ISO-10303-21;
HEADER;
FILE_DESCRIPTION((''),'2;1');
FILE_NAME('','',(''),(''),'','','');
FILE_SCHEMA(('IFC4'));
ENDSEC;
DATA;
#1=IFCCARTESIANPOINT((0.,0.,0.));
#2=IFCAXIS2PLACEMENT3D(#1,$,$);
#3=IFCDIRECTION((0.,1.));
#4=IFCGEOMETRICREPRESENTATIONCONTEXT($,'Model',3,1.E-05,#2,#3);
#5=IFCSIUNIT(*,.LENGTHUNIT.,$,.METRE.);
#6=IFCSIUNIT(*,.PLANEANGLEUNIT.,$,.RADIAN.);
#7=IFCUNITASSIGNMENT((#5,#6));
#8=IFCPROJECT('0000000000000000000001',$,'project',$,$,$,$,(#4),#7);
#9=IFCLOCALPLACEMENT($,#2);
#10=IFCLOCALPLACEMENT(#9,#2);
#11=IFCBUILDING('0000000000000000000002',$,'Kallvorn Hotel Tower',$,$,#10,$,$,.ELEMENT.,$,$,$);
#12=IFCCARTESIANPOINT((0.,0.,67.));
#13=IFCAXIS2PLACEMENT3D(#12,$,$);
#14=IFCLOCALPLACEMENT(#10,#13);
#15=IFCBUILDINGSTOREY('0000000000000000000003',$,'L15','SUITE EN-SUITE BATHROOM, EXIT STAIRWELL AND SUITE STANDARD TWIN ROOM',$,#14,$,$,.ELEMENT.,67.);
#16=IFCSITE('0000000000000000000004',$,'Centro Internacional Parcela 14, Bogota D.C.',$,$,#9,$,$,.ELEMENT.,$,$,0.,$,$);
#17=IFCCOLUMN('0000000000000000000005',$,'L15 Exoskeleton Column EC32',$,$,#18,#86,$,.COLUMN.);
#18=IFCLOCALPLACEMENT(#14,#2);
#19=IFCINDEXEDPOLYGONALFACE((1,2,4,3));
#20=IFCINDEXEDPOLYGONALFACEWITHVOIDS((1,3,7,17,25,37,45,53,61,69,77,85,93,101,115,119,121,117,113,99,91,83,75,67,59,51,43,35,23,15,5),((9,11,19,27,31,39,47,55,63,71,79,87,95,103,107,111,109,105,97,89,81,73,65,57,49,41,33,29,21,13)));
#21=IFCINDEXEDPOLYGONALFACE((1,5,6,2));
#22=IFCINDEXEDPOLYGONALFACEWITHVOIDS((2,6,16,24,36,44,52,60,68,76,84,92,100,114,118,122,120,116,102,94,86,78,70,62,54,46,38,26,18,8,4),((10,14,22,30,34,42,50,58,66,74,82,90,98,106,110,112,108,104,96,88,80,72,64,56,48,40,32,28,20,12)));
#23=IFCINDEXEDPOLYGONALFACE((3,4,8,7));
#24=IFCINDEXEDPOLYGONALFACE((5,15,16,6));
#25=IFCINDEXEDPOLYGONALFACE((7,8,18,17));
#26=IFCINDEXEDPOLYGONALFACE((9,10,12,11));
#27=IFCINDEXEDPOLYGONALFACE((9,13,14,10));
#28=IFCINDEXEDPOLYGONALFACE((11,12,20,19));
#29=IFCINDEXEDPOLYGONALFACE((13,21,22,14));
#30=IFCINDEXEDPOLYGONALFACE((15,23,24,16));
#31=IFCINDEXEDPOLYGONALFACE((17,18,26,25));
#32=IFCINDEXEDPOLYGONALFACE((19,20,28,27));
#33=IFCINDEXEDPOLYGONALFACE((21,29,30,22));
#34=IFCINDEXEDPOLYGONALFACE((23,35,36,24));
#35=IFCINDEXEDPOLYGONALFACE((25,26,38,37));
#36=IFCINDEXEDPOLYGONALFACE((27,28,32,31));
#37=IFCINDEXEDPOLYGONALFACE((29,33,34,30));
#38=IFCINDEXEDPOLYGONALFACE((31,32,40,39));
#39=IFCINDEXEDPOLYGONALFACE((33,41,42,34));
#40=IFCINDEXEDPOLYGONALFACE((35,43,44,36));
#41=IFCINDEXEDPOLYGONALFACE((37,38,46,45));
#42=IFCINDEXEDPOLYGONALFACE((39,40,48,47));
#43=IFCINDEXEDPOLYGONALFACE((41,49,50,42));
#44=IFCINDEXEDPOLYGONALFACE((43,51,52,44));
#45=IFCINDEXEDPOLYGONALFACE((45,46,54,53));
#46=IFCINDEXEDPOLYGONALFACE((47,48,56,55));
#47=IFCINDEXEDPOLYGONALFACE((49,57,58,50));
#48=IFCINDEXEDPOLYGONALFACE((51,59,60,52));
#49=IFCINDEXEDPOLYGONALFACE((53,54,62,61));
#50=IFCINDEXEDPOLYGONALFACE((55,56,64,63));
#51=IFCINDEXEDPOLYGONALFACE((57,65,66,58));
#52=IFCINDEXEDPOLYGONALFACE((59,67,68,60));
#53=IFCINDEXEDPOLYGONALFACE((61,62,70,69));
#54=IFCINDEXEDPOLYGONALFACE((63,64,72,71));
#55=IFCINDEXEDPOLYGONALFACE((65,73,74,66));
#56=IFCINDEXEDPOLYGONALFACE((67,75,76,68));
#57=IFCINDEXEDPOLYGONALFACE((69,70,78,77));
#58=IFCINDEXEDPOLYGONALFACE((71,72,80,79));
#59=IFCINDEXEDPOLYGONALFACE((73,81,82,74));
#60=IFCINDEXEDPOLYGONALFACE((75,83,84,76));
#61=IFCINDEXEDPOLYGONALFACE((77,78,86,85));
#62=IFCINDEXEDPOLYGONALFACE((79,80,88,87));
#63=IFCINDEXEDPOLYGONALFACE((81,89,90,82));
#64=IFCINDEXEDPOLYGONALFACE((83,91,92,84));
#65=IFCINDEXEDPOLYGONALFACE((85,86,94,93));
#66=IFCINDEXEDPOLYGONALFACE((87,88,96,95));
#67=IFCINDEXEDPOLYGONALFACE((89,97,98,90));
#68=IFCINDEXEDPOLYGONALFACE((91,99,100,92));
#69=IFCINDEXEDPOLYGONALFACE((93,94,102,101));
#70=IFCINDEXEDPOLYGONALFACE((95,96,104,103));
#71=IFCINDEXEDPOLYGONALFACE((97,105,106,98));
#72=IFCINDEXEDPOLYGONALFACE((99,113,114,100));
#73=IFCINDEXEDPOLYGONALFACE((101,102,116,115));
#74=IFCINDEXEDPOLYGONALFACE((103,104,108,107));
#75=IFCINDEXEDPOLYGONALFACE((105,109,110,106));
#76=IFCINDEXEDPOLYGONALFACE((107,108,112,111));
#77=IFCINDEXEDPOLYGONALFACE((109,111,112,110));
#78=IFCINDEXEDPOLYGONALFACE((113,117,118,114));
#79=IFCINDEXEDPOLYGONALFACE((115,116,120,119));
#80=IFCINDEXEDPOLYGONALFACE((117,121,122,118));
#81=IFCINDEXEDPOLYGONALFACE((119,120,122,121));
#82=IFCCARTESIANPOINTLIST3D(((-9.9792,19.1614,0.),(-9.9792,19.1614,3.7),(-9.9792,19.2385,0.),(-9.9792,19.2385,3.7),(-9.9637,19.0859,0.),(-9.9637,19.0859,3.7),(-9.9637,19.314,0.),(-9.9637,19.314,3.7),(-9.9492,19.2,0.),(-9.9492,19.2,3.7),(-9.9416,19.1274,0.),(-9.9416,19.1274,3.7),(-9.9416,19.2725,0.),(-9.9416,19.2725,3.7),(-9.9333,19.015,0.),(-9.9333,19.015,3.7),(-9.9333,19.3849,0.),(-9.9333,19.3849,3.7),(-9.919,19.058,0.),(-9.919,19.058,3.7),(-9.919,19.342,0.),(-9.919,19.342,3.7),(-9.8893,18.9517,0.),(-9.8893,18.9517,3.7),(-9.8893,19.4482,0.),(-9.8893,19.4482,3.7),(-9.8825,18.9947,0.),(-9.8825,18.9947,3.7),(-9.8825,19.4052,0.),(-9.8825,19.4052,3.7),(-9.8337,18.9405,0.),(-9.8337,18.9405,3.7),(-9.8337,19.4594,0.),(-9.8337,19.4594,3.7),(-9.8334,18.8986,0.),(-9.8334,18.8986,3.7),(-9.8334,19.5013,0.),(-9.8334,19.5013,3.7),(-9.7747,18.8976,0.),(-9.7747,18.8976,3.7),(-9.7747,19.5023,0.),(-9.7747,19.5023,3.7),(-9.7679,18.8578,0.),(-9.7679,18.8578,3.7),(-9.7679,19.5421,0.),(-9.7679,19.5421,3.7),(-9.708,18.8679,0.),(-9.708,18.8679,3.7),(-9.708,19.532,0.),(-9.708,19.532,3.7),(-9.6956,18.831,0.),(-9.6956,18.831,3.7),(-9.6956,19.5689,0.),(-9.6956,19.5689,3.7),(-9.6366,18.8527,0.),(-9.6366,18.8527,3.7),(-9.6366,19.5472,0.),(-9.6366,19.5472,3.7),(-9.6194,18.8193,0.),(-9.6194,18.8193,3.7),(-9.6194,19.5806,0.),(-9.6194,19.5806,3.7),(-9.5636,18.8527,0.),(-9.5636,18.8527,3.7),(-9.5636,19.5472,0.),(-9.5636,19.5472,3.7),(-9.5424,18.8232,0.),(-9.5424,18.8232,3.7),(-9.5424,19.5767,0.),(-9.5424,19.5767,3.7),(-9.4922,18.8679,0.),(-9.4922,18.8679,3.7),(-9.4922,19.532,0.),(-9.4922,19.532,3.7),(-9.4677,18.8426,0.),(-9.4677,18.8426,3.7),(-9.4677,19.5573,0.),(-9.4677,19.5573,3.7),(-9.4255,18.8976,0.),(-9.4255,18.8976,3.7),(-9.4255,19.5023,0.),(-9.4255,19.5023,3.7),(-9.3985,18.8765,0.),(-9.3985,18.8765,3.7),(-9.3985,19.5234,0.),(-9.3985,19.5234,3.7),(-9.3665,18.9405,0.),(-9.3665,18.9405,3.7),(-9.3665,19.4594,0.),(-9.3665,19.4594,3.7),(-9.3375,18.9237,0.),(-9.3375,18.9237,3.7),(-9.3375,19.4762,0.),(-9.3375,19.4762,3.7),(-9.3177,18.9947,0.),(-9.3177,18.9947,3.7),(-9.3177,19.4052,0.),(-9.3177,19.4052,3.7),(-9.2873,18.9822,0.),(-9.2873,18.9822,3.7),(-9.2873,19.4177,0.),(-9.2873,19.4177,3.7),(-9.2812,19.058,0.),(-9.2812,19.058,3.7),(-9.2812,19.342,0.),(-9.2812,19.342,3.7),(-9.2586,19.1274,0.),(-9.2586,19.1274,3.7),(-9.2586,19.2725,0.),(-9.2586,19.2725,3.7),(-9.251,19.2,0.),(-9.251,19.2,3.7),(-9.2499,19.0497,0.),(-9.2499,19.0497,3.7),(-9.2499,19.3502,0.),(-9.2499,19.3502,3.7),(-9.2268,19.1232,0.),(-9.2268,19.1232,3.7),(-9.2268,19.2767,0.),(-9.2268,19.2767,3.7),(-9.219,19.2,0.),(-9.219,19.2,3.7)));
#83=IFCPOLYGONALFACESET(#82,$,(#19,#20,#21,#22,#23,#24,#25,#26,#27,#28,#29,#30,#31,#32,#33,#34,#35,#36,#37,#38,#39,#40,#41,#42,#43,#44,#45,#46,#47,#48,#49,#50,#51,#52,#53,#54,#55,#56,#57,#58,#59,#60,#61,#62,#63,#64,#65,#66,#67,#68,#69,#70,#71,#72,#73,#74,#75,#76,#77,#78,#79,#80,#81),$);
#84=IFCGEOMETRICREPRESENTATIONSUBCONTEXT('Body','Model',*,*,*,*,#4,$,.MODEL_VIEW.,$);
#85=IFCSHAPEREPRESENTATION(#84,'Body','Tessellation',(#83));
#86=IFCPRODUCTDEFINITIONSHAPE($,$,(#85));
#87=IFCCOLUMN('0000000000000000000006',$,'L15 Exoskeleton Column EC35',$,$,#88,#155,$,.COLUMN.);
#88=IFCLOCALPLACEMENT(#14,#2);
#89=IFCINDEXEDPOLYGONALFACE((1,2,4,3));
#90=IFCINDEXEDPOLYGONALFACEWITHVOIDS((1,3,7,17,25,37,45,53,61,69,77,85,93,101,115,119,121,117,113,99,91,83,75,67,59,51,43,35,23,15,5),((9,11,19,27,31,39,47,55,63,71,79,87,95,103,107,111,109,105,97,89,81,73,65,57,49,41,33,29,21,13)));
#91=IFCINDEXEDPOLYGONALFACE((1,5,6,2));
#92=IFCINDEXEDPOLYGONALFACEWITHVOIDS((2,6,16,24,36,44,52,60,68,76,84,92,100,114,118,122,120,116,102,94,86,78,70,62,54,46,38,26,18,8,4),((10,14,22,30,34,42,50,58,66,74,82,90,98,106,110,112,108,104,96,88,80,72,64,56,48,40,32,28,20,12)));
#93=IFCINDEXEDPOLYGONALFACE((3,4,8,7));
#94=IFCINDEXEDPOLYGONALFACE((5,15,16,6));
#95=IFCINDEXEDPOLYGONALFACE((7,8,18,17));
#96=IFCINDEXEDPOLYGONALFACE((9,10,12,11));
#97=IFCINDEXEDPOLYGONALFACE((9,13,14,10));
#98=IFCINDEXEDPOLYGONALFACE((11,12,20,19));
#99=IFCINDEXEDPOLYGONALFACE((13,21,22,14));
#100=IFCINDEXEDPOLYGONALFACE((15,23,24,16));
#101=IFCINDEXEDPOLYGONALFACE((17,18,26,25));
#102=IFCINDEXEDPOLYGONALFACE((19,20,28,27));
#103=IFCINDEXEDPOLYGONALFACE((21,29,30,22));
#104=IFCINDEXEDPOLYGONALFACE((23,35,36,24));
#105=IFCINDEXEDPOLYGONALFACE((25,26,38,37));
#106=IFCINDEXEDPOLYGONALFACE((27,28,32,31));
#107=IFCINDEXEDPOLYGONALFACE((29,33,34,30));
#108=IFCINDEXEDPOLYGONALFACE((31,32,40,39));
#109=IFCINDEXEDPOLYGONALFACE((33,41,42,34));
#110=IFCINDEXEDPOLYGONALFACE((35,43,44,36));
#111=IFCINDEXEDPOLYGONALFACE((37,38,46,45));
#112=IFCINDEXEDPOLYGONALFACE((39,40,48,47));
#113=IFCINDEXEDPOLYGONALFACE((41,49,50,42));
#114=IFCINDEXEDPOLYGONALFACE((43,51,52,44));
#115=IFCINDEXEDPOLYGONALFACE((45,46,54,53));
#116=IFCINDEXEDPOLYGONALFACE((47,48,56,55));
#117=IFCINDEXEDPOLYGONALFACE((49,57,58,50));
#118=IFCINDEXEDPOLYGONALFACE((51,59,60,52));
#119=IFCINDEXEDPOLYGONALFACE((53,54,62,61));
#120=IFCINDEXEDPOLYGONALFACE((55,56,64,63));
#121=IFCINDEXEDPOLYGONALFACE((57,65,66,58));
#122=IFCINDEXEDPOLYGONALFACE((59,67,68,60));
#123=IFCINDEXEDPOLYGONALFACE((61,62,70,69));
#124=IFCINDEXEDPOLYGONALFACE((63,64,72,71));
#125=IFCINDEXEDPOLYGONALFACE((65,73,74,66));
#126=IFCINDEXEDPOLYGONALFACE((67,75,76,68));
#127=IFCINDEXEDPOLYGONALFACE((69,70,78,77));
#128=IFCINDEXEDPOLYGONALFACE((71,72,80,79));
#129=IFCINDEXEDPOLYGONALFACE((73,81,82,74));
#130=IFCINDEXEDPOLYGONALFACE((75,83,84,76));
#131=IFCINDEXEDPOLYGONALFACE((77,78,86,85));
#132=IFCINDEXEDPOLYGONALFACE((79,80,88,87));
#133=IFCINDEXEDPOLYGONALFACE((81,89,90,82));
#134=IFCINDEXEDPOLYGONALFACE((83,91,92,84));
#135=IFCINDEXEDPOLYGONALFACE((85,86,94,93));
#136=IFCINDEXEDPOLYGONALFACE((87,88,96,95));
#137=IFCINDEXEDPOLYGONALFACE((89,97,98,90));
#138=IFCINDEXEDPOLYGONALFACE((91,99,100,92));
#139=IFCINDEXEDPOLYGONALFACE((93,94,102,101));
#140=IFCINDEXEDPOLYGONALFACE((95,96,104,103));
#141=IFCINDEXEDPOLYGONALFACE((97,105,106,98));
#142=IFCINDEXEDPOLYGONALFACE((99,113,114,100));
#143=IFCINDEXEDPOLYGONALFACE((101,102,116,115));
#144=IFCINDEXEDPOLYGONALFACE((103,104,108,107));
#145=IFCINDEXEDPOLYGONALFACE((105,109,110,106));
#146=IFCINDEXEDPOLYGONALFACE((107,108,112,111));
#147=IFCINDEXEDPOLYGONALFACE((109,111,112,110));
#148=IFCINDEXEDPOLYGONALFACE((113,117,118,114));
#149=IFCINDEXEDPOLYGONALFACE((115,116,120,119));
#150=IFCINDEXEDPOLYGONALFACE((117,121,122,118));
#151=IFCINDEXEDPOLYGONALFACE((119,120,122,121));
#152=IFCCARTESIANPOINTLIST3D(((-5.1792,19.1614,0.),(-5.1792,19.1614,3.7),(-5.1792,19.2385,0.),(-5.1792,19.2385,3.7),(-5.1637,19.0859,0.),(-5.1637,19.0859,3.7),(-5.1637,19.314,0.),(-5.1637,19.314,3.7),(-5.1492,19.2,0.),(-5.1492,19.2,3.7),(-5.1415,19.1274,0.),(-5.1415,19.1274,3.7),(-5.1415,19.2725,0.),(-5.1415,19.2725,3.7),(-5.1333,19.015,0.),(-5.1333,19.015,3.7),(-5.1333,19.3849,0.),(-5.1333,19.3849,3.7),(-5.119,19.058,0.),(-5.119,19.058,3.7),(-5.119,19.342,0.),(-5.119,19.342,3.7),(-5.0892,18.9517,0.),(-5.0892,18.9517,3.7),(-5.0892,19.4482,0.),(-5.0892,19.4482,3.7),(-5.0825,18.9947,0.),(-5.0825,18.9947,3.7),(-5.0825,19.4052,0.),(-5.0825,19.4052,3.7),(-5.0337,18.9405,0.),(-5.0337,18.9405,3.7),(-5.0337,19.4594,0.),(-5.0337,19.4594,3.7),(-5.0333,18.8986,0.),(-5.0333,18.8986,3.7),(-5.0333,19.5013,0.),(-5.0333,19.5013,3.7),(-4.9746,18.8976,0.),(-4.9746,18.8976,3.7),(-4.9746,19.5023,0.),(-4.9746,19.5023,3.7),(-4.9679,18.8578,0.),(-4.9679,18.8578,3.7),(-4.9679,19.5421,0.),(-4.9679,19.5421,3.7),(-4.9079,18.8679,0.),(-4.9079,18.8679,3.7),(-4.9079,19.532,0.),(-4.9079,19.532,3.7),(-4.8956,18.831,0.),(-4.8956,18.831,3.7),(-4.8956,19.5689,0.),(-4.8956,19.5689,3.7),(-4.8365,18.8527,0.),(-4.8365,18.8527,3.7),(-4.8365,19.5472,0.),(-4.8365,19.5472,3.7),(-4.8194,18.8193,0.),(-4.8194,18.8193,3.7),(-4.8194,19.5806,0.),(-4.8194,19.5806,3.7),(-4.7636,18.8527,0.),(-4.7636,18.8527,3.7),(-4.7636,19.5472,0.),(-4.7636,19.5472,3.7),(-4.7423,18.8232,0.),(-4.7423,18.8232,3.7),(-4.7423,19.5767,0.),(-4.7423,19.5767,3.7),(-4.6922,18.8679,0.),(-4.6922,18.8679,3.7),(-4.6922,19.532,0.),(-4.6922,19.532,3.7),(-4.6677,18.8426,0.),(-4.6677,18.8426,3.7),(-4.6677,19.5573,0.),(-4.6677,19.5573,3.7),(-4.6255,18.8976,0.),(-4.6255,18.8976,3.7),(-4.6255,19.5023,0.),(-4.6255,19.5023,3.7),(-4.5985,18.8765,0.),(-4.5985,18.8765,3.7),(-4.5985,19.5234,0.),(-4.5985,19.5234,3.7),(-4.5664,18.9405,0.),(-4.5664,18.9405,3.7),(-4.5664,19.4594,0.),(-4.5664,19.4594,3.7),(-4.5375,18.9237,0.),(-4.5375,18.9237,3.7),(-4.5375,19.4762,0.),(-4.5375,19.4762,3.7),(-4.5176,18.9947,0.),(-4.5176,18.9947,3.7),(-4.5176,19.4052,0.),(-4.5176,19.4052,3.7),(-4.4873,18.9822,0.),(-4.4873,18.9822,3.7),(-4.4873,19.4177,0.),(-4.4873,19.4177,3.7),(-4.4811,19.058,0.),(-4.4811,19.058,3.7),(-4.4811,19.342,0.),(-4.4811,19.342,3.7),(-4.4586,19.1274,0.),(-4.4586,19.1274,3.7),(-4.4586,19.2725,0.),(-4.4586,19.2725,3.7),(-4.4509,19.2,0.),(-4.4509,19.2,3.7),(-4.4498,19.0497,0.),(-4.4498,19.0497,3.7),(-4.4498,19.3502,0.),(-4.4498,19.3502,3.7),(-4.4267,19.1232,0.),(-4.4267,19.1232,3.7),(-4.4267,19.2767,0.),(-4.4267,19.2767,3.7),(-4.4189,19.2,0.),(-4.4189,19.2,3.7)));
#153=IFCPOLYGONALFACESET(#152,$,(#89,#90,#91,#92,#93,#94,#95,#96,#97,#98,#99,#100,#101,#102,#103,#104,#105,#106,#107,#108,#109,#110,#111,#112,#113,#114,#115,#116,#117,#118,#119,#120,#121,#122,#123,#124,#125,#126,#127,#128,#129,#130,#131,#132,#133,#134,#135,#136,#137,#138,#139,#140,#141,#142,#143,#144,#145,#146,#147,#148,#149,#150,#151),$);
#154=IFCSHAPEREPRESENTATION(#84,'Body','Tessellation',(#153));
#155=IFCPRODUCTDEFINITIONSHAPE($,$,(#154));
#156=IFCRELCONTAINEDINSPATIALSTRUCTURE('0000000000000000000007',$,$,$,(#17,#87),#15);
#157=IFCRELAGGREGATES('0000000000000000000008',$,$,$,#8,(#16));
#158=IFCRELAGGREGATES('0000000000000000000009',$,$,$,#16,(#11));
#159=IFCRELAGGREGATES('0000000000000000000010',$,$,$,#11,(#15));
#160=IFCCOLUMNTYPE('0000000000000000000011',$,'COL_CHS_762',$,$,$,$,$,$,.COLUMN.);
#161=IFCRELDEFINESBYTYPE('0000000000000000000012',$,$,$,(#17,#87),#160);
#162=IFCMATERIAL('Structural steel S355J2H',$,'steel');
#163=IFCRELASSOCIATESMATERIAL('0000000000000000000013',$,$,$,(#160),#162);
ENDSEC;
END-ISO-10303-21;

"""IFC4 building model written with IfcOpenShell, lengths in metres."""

from ifc_helpers import new_model, si_unit, direction, frame, origin, origin_2d, place, context, subcontext, project, spatial, hollow_circle, extrude, material, material_profile, profile_set, type_object, element, save


model = new_model("IFC4")

# Units and contexts
model_context = context("Model", 3, precision=1e-05, world=origin(), true_north=direction((0.0, 1.0)))
body_context = subcontext(model_context, "Body", "Model", "MODEL_VIEW")
ifc_project = project(units=[si_unit("LENGTHUNIT", "METRE"), si_unit("PLANEANGLEUNIT", "RADIAN")], contexts=[model_context])

# Site, building, storey
site_placement = place(None, origin())
site = spatial("IfcSite", under=ifc_project, at=site_placement, Name="Centro Internacional Parcela 14, Bogota D.C.", CompositionType="ELEMENT", RefElevation=0.0)
building_placement = place(site_placement, origin())
building = spatial("IfcBuilding", under=site, at=building_placement, Name="Kallvorn Hotel Tower", CompositionType="ELEMENT")
storey_placement = place(building_placement, frame((0.0, 0.0, 67.0)))
storey = spatial("IfcBuildingStorey", under=building, at=storey_placement, Name="L15", Description="SUITE EN-SUITE BATHROOM, EXIT STAIRWELL AND SUITE STANDARD TWIN ROOM", CompositionType="ELEMENT", Elevation=67.0)

# Columns
ifc_material_1 = material(Name="Structural steel S355J2H", Category="steel")
ifc_material_profile_1 = material_profile(ifc_material_1, hollow_circle(Radius=0.3811, WallThickness=0.032, at=origin_2d()), Name="CHS 762x32")
ifc_profile_set_1 = profile_set([ifc_material_profile_1], Name="Structural steel S355J2H")
column_type_1 = type_object("IfcColumnType", Name="COL_CHS_762", PredefinedType="COLUMN", material=ifc_profile_set_1)
for number, where, z_axis, x_axis, name in (
    (1, (-9.6001, 19.2, 0.0), (0.0, 0.0, 1.0), (1.0, 0.0, 0.0), "L15 Exoskeleton Column EC32"),
    (2, (-4.8, 19.2, 0.0), (0.0, 0.0, 1.0), (1.0, 0.0, 0.0), "L15 Exoskeleton Column EC35"),
):
    element("IfcColumn", number, at=place(storey_placement, frame(where, z_axis=z_axis, x_axis=x_axis)), inside=storey, type_object=column_type_1, Name=name, PredefinedType="COLUMN", context=body_context, shape_type="SweptSolid", body=[
        extrude(hollow_circle(Radius=0.3811, WallThickness=0.032, at=origin_2d()), origin(), (0.0, 0.0, 1.0), 3.7),
    ])

save(model, "model.ifc")
